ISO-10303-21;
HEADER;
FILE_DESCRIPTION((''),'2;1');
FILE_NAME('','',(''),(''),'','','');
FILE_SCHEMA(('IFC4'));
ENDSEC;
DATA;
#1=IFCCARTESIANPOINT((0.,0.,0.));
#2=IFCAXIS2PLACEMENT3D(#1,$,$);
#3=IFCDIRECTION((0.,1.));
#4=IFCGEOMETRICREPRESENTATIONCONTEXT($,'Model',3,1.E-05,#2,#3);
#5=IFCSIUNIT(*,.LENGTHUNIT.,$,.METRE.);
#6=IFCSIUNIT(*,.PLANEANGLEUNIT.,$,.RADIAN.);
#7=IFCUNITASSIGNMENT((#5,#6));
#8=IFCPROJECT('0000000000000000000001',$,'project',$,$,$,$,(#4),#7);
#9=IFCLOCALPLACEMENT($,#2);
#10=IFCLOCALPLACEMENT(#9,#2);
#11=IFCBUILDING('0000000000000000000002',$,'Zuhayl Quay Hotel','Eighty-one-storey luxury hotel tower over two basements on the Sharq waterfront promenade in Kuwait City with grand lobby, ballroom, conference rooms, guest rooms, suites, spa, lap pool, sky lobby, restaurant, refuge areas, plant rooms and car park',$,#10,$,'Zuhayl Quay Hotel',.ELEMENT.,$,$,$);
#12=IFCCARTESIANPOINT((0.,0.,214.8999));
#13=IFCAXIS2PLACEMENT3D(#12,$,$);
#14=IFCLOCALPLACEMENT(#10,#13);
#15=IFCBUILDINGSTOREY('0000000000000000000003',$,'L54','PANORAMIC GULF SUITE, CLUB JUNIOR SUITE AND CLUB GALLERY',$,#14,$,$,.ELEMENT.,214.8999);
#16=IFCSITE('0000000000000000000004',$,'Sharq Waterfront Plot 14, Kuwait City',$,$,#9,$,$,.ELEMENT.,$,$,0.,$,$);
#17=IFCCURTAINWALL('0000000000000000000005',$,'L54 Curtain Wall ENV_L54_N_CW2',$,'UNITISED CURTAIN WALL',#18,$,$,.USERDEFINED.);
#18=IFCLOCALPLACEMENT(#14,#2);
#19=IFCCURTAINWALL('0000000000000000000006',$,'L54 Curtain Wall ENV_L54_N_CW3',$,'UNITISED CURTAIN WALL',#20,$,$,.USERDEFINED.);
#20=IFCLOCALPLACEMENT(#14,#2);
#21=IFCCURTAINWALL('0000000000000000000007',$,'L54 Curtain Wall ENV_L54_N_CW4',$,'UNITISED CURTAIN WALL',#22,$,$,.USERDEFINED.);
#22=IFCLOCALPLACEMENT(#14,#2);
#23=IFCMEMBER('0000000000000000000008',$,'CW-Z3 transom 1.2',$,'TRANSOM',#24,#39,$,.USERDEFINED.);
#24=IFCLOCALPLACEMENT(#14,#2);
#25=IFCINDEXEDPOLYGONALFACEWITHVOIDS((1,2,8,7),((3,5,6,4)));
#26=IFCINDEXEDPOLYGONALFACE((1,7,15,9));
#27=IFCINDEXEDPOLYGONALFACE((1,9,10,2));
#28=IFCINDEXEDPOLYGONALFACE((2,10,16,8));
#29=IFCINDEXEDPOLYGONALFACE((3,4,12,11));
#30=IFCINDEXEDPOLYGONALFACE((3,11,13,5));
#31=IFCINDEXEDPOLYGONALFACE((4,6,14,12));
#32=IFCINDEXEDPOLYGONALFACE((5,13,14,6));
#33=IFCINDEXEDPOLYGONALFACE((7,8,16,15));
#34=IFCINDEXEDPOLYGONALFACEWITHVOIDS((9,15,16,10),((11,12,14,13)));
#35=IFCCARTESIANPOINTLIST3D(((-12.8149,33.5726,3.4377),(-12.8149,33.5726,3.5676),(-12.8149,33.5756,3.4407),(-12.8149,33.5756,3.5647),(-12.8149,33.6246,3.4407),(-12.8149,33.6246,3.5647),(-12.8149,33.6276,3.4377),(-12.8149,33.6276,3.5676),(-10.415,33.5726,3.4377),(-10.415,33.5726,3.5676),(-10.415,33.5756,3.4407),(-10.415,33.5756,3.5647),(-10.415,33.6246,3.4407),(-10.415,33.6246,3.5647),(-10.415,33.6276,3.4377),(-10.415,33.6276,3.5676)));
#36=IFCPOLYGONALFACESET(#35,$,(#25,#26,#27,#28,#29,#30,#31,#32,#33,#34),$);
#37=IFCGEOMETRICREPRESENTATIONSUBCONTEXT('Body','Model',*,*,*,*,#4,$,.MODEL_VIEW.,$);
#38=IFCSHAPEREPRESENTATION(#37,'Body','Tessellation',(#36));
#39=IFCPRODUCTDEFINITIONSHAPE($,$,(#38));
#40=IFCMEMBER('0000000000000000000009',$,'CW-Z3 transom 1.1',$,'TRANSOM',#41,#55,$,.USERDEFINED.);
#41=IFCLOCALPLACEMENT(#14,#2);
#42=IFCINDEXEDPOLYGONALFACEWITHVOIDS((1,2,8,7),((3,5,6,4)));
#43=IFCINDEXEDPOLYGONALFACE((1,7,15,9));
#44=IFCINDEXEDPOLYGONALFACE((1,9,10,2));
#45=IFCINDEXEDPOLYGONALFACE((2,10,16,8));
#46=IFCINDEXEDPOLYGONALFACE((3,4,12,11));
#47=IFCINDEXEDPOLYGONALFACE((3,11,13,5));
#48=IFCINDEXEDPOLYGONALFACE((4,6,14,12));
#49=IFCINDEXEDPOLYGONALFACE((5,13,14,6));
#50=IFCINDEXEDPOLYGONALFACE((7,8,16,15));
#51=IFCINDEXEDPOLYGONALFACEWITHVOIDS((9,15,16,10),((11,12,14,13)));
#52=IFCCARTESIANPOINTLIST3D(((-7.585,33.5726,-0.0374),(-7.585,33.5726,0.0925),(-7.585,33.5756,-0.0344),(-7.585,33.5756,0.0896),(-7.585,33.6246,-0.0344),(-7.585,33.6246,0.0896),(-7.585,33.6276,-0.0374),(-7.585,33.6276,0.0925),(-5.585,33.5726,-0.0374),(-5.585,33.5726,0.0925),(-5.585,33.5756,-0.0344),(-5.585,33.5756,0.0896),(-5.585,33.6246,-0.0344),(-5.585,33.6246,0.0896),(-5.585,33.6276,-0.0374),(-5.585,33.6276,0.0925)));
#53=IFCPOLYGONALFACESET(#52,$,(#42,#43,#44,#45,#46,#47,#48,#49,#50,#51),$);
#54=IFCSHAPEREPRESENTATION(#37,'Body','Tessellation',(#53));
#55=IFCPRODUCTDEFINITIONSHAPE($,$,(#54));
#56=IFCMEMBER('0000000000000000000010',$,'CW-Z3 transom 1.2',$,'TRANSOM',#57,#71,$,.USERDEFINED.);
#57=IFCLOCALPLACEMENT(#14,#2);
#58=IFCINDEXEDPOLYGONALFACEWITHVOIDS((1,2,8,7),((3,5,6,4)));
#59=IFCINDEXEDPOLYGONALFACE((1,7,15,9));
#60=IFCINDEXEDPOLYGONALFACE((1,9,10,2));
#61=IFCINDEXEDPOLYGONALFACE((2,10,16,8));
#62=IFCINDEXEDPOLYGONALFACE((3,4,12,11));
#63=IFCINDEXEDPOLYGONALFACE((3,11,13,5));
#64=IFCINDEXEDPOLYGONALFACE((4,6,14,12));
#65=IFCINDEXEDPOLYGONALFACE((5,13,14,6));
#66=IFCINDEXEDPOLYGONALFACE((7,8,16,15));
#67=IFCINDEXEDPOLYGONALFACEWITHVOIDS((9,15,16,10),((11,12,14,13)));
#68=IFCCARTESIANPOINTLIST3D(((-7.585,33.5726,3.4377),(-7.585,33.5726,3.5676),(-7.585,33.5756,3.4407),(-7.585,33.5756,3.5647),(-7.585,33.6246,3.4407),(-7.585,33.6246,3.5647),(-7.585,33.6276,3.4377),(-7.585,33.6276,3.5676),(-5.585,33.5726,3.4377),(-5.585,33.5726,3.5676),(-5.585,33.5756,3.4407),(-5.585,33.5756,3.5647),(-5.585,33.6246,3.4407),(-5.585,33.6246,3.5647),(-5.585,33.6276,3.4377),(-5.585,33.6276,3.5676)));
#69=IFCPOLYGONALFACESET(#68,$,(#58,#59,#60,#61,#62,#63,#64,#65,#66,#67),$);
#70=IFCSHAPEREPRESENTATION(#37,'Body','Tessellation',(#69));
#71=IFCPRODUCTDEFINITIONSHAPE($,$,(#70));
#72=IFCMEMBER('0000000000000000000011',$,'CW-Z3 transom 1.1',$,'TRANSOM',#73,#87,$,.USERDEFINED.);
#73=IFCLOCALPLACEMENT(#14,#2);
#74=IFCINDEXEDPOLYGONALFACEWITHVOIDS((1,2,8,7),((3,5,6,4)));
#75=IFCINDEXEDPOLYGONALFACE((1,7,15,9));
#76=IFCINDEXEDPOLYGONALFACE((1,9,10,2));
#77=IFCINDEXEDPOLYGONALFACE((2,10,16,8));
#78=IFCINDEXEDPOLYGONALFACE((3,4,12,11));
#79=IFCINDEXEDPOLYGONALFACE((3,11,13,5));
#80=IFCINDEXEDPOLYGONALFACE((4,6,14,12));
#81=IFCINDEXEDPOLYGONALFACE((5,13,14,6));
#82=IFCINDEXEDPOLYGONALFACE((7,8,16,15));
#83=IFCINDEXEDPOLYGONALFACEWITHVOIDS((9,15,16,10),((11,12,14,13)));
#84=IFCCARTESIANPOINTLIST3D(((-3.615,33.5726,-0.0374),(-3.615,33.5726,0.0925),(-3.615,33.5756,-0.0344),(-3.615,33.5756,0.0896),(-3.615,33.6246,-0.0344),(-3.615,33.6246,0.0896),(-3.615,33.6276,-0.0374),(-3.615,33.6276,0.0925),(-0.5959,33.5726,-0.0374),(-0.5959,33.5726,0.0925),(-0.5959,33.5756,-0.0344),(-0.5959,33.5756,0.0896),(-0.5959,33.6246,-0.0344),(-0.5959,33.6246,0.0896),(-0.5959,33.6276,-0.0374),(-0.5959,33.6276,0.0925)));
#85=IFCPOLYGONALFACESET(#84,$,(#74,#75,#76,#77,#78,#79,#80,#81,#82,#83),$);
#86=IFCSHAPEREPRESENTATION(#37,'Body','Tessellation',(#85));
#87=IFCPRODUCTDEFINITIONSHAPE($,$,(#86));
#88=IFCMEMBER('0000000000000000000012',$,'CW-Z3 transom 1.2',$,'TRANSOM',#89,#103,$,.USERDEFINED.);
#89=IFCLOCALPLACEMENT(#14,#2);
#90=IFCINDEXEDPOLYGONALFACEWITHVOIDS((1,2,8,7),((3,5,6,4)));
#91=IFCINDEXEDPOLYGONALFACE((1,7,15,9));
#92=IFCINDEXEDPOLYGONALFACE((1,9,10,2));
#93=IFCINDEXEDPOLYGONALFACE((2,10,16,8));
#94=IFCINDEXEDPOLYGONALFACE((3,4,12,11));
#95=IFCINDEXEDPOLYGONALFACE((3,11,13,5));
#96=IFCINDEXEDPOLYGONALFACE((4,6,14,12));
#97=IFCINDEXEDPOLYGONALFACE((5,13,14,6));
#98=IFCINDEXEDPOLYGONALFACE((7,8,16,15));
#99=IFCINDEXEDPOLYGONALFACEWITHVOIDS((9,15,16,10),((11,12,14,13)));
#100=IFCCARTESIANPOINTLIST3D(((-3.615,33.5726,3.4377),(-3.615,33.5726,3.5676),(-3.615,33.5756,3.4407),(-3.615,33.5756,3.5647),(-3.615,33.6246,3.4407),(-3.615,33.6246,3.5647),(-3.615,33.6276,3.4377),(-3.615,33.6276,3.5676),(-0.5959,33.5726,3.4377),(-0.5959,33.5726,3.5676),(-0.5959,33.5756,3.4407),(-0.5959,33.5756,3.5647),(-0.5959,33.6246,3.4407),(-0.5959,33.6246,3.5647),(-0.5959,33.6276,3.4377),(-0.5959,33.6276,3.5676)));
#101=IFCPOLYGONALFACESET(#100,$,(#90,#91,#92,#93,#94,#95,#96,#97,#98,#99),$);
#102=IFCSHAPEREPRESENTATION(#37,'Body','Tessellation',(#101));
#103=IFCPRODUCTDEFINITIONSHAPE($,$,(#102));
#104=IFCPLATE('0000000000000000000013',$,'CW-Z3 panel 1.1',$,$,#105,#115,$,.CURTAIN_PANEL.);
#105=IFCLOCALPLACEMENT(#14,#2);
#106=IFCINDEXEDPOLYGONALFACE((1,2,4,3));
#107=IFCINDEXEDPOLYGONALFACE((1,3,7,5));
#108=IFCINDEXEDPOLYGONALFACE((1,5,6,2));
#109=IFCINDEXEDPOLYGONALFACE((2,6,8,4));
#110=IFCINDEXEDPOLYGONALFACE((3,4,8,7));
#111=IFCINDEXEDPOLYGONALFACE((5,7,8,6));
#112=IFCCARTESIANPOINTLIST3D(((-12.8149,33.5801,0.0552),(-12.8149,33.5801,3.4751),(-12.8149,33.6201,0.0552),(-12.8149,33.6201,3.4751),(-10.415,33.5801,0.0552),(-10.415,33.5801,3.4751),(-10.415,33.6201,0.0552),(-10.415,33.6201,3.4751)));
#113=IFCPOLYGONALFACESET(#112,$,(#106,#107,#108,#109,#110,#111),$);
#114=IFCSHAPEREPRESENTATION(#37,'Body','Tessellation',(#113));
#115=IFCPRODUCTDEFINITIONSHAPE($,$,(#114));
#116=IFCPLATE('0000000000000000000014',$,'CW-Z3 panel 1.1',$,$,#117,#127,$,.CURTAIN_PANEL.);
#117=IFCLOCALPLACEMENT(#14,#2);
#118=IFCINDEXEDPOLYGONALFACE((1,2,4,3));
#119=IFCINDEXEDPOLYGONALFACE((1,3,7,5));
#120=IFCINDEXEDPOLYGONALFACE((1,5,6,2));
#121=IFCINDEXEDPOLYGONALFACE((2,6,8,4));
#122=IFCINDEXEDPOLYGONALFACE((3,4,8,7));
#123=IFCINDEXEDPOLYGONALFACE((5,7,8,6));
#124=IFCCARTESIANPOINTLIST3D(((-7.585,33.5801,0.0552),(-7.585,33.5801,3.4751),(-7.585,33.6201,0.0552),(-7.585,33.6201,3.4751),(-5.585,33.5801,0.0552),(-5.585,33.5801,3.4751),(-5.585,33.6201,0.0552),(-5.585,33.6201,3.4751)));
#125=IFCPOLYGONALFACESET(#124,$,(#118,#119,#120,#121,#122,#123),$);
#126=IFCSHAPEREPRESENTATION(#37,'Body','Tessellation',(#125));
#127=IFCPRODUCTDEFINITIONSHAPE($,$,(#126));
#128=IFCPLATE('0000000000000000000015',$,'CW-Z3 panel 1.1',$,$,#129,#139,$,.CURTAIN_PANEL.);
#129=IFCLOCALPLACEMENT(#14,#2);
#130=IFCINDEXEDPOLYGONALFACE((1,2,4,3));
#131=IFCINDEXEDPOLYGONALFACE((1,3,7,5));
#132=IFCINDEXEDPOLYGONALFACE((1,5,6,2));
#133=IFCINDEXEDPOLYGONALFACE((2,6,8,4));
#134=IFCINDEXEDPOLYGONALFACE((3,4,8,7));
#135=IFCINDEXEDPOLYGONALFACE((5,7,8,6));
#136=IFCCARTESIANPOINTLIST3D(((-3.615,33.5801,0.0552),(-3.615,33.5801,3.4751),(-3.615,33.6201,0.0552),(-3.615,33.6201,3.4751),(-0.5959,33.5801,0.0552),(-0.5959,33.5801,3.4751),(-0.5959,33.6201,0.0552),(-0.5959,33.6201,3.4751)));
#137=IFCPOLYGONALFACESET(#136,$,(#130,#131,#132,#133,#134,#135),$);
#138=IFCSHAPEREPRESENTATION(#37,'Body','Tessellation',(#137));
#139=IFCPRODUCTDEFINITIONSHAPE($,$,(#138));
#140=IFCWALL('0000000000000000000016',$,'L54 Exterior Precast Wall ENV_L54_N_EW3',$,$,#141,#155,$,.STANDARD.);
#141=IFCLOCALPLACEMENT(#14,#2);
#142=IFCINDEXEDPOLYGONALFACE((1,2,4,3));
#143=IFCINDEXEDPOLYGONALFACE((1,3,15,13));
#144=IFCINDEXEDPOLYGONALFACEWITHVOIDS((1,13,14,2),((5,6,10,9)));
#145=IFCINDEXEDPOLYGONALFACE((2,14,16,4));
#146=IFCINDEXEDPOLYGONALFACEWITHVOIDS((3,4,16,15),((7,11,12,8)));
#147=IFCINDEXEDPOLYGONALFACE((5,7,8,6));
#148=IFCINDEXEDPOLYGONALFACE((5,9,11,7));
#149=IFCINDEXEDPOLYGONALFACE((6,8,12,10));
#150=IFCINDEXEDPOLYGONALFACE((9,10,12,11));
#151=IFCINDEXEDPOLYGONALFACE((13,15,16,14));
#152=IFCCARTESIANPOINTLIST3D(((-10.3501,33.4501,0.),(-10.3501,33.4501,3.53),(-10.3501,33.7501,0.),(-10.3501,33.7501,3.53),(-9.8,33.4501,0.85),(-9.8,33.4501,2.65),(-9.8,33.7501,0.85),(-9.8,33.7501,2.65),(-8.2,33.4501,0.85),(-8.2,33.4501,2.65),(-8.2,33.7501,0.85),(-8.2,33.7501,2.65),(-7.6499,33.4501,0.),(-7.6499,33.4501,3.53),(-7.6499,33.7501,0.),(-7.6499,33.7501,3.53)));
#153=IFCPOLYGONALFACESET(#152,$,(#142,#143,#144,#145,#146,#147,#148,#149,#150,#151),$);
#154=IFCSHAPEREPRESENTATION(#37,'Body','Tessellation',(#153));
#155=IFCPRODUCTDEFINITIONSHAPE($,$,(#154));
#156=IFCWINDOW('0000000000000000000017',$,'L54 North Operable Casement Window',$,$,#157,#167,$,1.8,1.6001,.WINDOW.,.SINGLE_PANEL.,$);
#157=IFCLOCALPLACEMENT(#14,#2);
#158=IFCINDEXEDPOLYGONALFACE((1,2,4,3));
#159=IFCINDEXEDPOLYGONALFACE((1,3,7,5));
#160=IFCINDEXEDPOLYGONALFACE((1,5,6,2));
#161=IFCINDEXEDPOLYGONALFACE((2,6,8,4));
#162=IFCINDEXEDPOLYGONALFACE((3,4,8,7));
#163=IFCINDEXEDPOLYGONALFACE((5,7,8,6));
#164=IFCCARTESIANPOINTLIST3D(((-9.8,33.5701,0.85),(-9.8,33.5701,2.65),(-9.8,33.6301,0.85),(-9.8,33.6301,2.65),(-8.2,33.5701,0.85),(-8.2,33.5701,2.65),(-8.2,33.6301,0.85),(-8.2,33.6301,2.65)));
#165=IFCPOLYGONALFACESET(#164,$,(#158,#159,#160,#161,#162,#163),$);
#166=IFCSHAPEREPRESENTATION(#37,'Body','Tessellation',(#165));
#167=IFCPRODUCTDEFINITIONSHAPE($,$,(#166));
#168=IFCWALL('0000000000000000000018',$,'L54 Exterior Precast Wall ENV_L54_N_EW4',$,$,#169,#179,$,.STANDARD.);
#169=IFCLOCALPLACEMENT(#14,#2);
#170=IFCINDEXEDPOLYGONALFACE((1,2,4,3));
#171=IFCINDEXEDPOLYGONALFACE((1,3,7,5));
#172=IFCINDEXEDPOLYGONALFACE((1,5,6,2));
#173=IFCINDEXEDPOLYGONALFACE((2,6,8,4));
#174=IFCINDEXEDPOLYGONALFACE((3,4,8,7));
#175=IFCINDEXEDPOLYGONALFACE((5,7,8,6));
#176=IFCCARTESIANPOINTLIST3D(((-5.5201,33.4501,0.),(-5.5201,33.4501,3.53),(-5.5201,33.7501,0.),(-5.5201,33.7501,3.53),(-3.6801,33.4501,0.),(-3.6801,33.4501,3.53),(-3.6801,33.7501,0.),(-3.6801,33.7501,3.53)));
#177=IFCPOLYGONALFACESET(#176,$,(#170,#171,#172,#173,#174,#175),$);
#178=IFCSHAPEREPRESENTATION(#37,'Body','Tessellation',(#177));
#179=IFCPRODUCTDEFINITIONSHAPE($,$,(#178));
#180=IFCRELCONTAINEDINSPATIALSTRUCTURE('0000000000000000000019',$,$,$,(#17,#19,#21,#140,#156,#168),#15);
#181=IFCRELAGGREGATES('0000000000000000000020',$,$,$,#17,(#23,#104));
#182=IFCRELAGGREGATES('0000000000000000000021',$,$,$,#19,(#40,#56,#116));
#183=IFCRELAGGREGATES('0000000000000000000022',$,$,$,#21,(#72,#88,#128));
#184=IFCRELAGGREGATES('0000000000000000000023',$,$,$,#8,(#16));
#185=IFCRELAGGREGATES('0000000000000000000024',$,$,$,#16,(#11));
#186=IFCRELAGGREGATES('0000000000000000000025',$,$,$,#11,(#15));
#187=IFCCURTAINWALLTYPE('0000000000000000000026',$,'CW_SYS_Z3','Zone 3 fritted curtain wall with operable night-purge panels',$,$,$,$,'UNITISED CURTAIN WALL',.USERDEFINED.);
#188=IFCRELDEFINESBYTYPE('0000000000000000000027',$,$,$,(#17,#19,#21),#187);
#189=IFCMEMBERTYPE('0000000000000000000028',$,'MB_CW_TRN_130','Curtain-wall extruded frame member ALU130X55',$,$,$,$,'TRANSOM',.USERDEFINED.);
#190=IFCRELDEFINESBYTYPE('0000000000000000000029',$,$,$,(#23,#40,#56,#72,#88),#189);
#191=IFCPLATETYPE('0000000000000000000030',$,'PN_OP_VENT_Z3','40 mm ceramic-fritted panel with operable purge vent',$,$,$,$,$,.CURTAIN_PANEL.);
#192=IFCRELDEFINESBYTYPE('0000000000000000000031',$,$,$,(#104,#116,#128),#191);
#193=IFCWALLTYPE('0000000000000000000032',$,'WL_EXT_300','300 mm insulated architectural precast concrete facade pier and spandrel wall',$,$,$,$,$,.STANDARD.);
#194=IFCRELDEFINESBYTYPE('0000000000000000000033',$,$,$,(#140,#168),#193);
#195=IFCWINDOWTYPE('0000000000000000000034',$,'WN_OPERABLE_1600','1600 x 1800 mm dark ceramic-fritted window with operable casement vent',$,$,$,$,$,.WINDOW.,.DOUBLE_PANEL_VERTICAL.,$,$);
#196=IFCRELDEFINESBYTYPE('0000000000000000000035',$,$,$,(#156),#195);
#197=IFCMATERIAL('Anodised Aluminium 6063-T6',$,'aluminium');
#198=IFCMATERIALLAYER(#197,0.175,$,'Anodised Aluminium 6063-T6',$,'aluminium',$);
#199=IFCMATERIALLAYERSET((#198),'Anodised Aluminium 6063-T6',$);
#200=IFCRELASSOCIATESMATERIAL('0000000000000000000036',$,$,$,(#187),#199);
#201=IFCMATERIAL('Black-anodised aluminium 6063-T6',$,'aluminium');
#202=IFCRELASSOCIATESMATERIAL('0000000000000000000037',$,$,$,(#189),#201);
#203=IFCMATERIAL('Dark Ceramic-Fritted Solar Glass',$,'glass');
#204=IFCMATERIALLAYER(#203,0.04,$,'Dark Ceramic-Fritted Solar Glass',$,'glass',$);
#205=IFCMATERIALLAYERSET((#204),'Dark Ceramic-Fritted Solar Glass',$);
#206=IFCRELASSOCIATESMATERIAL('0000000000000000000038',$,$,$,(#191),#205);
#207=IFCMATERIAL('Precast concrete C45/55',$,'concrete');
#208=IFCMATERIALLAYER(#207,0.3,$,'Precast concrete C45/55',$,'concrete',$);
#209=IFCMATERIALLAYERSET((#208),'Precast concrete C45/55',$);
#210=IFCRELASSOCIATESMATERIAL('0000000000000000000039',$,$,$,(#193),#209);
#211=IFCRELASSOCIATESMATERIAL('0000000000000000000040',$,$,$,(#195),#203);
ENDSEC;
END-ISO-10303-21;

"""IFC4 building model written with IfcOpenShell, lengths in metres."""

from ifc_helpers import new_model, si_unit, direction, frame, frame_2d, origin, origin_2d, place, context, subcontext, project, spatial, rectangle, hollow_rectangle, extrude, material, layer, layer_set, material_profile, profile_set, type_object, element, fill, aggregate, save


model = new_model("IFC4")

# Units and contexts
model_context = context("Model", 3, precision=1e-05, world=origin(), true_north=direction((0.0, 1.0)))
body_context = subcontext(model_context, "Body", "Model", "MODEL_VIEW")
ifc_project = project(units=[si_unit("LENGTHUNIT", "METRE"), si_unit("PLANEANGLEUNIT", "RADIAN")], contexts=[model_context])

# Site, building, storey
site_placement = place(None, origin())
site = spatial("IfcSite", under=ifc_project, at=site_placement, Name="Sharq Waterfront Plot 14, Kuwait City", CompositionType="ELEMENT", RefElevation=0.0)
building_placement = place(site_placement, origin())
building = spatial("IfcBuilding", under=site, at=building_placement, Name="Zuhayl Quay Hotel", Description="Eighty-one-storey luxury hotel tower over two basements on the Sharq waterfront promenade in Kuwait City with grand lobby, ballroom, conference rooms, guest rooms, suites, spa, lap pool, sky lobby, restaurant, refuge areas, plant rooms and car park", LongName="Zuhayl Quay Hotel", CompositionType="ELEMENT")
storey_placement = place(building_placement, frame((0.0, 0.0, 214.8999)))
storey = spatial("IfcBuildingStorey", under=building, at=storey_placement, Name="L54", Description="PANORAMIC GULF SUITE, CLUB JUNIOR SUITE AND CLUB GALLERY", CompositionType="ELEMENT", Elevation=214.8999)

# Curtain walls
ifc_material_1 = material(Name="Anodised Aluminium 6063-T6", Category="aluminium")
ifc_layer_1 = layer(ifc_material_1, 0.175, Name="Anodised Aluminium 6063-T6", Category="aluminium")
ifc_layer_set_1 = layer_set([ifc_layer_1], Name="Anodised Aluminium 6063-T6")
curtain_wall_type = type_object("IfcCurtainWallType", Name="CW_SYS_Z3", Description="Zone 3 fritted curtain wall with operable night-purge panels", ElementType="UNITISED CURTAIN WALL", PredefinedType="USERDEFINED", material=ifc_layer_set_1)
curtain_wall_1_placement = place(storey_placement, origin())
curtain_wall_1 = element("IfcCurtainWall", 1, at=curtain_wall_1_placement, inside=storey, type_object=curtain_wall_type, Name="L54 Curtain Wall ENV_L54_N_CW2", ObjectType="UNITISED CURTAIN WALL", PredefinedType="USERDEFINED")
ifc_material_2 = material(Name="Black-anodised aluminium 6063-T6", Category="aluminium")
curtain_wall_2_placement = place(storey_placement, origin())
curtain_wall_2 = element("IfcCurtainWall", 2, at=curtain_wall_2_placement, inside=storey, type_object=curtain_wall_type, Name="L54 Curtain Wall ENV_L54_N_CW3", ObjectType="UNITISED CURTAIN WALL", PredefinedType="USERDEFINED")
curtain_wall_3_placement = place(storey_placement, origin())
curtain_wall_3 = element("IfcCurtainWall", 3, at=curtain_wall_3_placement, inside=storey, type_object=curtain_wall_type, Name="L54 Curtain Wall ENV_L54_N_CW4", ObjectType="UNITISED CURTAIN WALL", PredefinedType="USERDEFINED")

# Members
ifc_material_profile_1 = material_profile(ifc_material_2, hollow_rectangle(XDim=0.0549, YDim=0.1299, WallThickness=0.0029, at=origin_2d()), Name="ALU130X55")
ifc_profile_set_1 = profile_set([ifc_material_profile_1], Name="Black-anodised aluminium 6063-T6")
member_type_1 = type_object("IfcMemberType", Name="MB_CW_TRN_130", Description="Curtain-wall extruded frame member ALU130X55", ElementType="TRANSOM", PredefinedType="USERDEFINED", material=ifc_profile_set_1)
member_1_placement = place(storey_placement, frame((-12.8149, 33.6001, 3.5027), z_axis=(1.0, 0.0, 0.0), x_axis=(0.0, 1.0, 0.0)))
member_1 = element("IfcMember", 4, at=member_1_placement, type_object=member_type_1, Name="CW-Z3 transom 1.2", ObjectType="TRANSOM", PredefinedType="USERDEFINED", context=body_context, shape_type="SweptSolid", body=[
    extrude(hollow_rectangle(XDim=0.0549, YDim=0.1299, WallThickness=0.0029, at=origin_2d()), origin(), (0.0, 0.0, 1.0), 2.3999),
])
member_2_placement = place(storey_placement, frame((-7.585, 33.6001, 0.0276), z_axis=(1.0, 0.0, 0.0), x_axis=(0.0, 1.0, 0.0)))
member_2 = element("IfcMember", 5, at=member_2_placement, type_object=member_type_1, Name="CW-Z3 transom 1.1", ObjectType="TRANSOM", PredefinedType="USERDEFINED", context=body_context, shape_type="SweptSolid", body=[
    extrude(hollow_rectangle(XDim=0.0549, YDim=0.1299, WallThickness=0.0029, at=origin_2d()), origin(), (0.0, 0.0, 1.0), 2.0),
])
member_3_placement = place(storey_placement, frame((-7.585, 33.6001, 3.5027), z_axis=(1.0, 0.0, 0.0), x_axis=(0.0, 1.0, 0.0)))
member_3 = element("IfcMember", 6, at=member_3_placement, type_object=member_type_1, Name="CW-Z3 transom 1.2", ObjectType="TRANSOM", PredefinedType="USERDEFINED", context=body_context, shape_type="SweptSolid", body=[
    extrude(hollow_rectangle(XDim=0.0549, YDim=0.1299, WallThickness=0.0029, at=origin_2d()), origin(), (0.0, 0.0, 1.0), 2.0),
])
member_4_placement = place(storey_placement, frame((-3.615, 33.6001, 0.0276), z_axis=(1.0, 0.0, 0.0), x_axis=(0.0, 1.0, 0.0)))
member_4 = element("IfcMember", 7, at=member_4_placement, type_object=member_type_1, Name="CW-Z3 transom 1.1", ObjectType="TRANSOM", PredefinedType="USERDEFINED", context=body_context, shape_type="SweptSolid", body=[
    extrude(hollow_rectangle(XDim=0.0549, YDim=0.1299, WallThickness=0.0029, at=origin_2d()), origin(), (0.0, 0.0, 1.0), 3.019),
])
member_5_placement = place(storey_placement, frame((-3.615, 33.6001, 3.5027), z_axis=(1.0, 0.0, 0.0), x_axis=(0.0, 1.0, 0.0)))
member_5 = element("IfcMember", 8, at=member_5_placement, type_object=member_type_1, Name="CW-Z3 transom 1.2", ObjectType="TRANSOM", PredefinedType="USERDEFINED", context=body_context, shape_type="SweptSolid", body=[
    extrude(hollow_rectangle(XDim=0.0549, YDim=0.1299, WallThickness=0.0029, at=origin_2d()), origin(), (0.0, 0.0, 1.0), 3.019),
])

# Plates
ifc_material_3 = material(Name="Dark Ceramic-Fritted Solar Glass", Category="glass")
ifc_layer_2 = layer(ifc_material_3, 0.04, Name="Dark Ceramic-Fritted Solar Glass", Category="glass")
ifc_layer_set_2 = layer_set([ifc_layer_2], Name="Dark Ceramic-Fritted Solar Glass")
plate_type = type_object("IfcPlateType", Name="PN_OP_VENT_Z3", Description="40 mm ceramic-fritted panel with operable purge vent", PredefinedType="CURTAIN_PANEL", material=ifc_layer_set_2)
plate_1_placement = place(storey_placement, frame((-11.615, 33.6001, 0.0552), z_axis=(0.0, 0.0, 1.0), x_axis=(1.0, 0.0, 0.0)))
plate_1 = element("IfcPlate", 9, at=plate_1_placement, type_object=plate_type, Name="CW-Z3 panel 1.1", PredefinedType="CURTAIN_PANEL", context=body_context, shape_type="SweptSolid", body=[
    extrude(rectangle(XDim=2.3999, YDim=0.04, at=origin_2d()), origin(), (0.0, 0.0, 1.0), 3.4199),
])
aggregate(curtain_wall_1, [member_1, plate_1])
plate_2_placement = place(storey_placement, frame((-6.585, 33.6001, 0.0552), z_axis=(0.0, 0.0, 1.0), x_axis=(1.0, 0.0, 0.0)))
plate_2 = element("IfcPlate", 10, at=plate_2_placement, type_object=plate_type, Name="CW-Z3 panel 1.1", PredefinedType="CURTAIN_PANEL", context=body_context, shape_type="SweptSolid", body=[
    extrude(rectangle(XDim=2.0, YDim=0.04, at=origin_2d()), origin(), (0.0, 0.0, 1.0), 3.4199),
])
aggregate(curtain_wall_2, [member_2, member_3, plate_2])
plate_3_placement = place(storey_placement, frame((-2.1055, 33.6001, 0.0552), z_axis=(0.0, 0.0, 1.0), x_axis=(1.0, 0.0, 0.0)))
plate_3 = element("IfcPlate", 11, at=plate_3_placement, type_object=plate_type, Name="CW-Z3 panel 1.1", PredefinedType="CURTAIN_PANEL", context=body_context, shape_type="SweptSolid", body=[
    extrude(rectangle(XDim=3.019, YDim=0.04, at=origin_2d()), origin(), (0.0, 0.0, 1.0), 3.4199),
])
aggregate(curtain_wall_3, [member_4, member_5, plate_3])

# Wall, opening, window
ifc_material_4 = material(Name="Precast concrete C45/55", Category="concrete")
ifc_layer_3 = layer(ifc_material_4, 0.3, Name="Precast concrete C45/55", Category="concrete")
ifc_layer_set_3 = layer_set([ifc_layer_3], Name="Precast concrete C45/55")
wall_type_1 = type_object("IfcWallType", Name="WL_EXT_300", Description="300 mm insulated architectural precast concrete facade pier and spandrel wall", PredefinedType="STANDARD", material=ifc_layer_set_3)
wall_1_placement = place(storey_placement, frame((-10.3501, 33.6001, 0.0), z_axis=(0.0, 0.0, 1.0), x_axis=(1.0, 0.0, 0.0)))
wall_1 = element("IfcWall", 12, at=wall_1_placement, inside=storey, type_object=wall_type_1, Name="L54 Exterior Precast Wall ENV_L54_N_EW3", PredefinedType="STANDARD", context=body_context, shape_type="SweptSolid", body=[
    extrude(rectangle(XDim=2.7002, YDim=0.3, at=frame_2d((1.3501, 0.0))), origin(), (0.0, 0.0, 1.0), 3.53),
])
opening_1_placement = place(wall_1_placement, frame((0.55, 0.0, 0.8501)))
opening_1 = element("IfcOpeningElement", 13, at=opening_1_placement, cuts=wall_1, PredefinedType="OPENING", context=body_context, shape_type="SweptSolid", body=[
    extrude(rectangle(XDim=1.6001, YDim=1.8, at=frame_2d((0.8, 0.8999))), frame((0.0, 0.1599, 0.0), z_axis=(0.0, -1.0, 0.0), x_axis=(1.0, 0.0, 0.0)), (0.0, 0.0, 1.0), 0.3201),
])
window_type = type_object("IfcWindowType", Name="WN_OPERABLE_1600", Description="1600 x 1800 mm dark ceramic-fritted window with operable casement vent", PartitioningType="DOUBLE_PANEL_VERTICAL", PredefinedType="WINDOW", material=ifc_material_3)
window_1_placement = place(opening_1_placement, origin())
window_1 = element("IfcWindow", 14, at=window_1_placement, inside=storey, type_object=window_type, Name="L54 North Operable Casement Window", OverallHeight=1.8, OverallWidth=1.6001, PartitioningType="SINGLE_PANEL", PredefinedType="WINDOW", context=body_context, shape_type="SweptSolid", body=[
    extrude(rectangle(XDim=1.6001, YDim=1.8, at=frame_2d((0.8, 0.8999))), frame((0.0, 0.03, 0.0), z_axis=(0.0, -1.0, 0.0), x_axis=(1.0, 0.0, 0.0)), (0.0, 0.0, 1.0), 0.0601),
])
fill(opening_1, window_1)

# Wall
wall_2_placement = place(storey_placement, frame((-5.52, 33.6001, 0.0), z_axis=(0.0, 0.0, 1.0), x_axis=(1.0, 0.0, 0.0)))
element("IfcWall", 15, at=wall_2_placement, inside=storey, type_object=wall_type_1, Name="L54 Exterior Precast Wall ENV_L54_N_EW4", PredefinedType="STANDARD", context=body_context, shape_type="SweptSolid", body=[
    extrude(rectangle(XDim=1.8401, YDim=0.3, at=frame_2d((0.9199, 0.0))), origin(), (0.0, 0.0, 1.0), 3.53),
])

save(model, "model.ifc")
